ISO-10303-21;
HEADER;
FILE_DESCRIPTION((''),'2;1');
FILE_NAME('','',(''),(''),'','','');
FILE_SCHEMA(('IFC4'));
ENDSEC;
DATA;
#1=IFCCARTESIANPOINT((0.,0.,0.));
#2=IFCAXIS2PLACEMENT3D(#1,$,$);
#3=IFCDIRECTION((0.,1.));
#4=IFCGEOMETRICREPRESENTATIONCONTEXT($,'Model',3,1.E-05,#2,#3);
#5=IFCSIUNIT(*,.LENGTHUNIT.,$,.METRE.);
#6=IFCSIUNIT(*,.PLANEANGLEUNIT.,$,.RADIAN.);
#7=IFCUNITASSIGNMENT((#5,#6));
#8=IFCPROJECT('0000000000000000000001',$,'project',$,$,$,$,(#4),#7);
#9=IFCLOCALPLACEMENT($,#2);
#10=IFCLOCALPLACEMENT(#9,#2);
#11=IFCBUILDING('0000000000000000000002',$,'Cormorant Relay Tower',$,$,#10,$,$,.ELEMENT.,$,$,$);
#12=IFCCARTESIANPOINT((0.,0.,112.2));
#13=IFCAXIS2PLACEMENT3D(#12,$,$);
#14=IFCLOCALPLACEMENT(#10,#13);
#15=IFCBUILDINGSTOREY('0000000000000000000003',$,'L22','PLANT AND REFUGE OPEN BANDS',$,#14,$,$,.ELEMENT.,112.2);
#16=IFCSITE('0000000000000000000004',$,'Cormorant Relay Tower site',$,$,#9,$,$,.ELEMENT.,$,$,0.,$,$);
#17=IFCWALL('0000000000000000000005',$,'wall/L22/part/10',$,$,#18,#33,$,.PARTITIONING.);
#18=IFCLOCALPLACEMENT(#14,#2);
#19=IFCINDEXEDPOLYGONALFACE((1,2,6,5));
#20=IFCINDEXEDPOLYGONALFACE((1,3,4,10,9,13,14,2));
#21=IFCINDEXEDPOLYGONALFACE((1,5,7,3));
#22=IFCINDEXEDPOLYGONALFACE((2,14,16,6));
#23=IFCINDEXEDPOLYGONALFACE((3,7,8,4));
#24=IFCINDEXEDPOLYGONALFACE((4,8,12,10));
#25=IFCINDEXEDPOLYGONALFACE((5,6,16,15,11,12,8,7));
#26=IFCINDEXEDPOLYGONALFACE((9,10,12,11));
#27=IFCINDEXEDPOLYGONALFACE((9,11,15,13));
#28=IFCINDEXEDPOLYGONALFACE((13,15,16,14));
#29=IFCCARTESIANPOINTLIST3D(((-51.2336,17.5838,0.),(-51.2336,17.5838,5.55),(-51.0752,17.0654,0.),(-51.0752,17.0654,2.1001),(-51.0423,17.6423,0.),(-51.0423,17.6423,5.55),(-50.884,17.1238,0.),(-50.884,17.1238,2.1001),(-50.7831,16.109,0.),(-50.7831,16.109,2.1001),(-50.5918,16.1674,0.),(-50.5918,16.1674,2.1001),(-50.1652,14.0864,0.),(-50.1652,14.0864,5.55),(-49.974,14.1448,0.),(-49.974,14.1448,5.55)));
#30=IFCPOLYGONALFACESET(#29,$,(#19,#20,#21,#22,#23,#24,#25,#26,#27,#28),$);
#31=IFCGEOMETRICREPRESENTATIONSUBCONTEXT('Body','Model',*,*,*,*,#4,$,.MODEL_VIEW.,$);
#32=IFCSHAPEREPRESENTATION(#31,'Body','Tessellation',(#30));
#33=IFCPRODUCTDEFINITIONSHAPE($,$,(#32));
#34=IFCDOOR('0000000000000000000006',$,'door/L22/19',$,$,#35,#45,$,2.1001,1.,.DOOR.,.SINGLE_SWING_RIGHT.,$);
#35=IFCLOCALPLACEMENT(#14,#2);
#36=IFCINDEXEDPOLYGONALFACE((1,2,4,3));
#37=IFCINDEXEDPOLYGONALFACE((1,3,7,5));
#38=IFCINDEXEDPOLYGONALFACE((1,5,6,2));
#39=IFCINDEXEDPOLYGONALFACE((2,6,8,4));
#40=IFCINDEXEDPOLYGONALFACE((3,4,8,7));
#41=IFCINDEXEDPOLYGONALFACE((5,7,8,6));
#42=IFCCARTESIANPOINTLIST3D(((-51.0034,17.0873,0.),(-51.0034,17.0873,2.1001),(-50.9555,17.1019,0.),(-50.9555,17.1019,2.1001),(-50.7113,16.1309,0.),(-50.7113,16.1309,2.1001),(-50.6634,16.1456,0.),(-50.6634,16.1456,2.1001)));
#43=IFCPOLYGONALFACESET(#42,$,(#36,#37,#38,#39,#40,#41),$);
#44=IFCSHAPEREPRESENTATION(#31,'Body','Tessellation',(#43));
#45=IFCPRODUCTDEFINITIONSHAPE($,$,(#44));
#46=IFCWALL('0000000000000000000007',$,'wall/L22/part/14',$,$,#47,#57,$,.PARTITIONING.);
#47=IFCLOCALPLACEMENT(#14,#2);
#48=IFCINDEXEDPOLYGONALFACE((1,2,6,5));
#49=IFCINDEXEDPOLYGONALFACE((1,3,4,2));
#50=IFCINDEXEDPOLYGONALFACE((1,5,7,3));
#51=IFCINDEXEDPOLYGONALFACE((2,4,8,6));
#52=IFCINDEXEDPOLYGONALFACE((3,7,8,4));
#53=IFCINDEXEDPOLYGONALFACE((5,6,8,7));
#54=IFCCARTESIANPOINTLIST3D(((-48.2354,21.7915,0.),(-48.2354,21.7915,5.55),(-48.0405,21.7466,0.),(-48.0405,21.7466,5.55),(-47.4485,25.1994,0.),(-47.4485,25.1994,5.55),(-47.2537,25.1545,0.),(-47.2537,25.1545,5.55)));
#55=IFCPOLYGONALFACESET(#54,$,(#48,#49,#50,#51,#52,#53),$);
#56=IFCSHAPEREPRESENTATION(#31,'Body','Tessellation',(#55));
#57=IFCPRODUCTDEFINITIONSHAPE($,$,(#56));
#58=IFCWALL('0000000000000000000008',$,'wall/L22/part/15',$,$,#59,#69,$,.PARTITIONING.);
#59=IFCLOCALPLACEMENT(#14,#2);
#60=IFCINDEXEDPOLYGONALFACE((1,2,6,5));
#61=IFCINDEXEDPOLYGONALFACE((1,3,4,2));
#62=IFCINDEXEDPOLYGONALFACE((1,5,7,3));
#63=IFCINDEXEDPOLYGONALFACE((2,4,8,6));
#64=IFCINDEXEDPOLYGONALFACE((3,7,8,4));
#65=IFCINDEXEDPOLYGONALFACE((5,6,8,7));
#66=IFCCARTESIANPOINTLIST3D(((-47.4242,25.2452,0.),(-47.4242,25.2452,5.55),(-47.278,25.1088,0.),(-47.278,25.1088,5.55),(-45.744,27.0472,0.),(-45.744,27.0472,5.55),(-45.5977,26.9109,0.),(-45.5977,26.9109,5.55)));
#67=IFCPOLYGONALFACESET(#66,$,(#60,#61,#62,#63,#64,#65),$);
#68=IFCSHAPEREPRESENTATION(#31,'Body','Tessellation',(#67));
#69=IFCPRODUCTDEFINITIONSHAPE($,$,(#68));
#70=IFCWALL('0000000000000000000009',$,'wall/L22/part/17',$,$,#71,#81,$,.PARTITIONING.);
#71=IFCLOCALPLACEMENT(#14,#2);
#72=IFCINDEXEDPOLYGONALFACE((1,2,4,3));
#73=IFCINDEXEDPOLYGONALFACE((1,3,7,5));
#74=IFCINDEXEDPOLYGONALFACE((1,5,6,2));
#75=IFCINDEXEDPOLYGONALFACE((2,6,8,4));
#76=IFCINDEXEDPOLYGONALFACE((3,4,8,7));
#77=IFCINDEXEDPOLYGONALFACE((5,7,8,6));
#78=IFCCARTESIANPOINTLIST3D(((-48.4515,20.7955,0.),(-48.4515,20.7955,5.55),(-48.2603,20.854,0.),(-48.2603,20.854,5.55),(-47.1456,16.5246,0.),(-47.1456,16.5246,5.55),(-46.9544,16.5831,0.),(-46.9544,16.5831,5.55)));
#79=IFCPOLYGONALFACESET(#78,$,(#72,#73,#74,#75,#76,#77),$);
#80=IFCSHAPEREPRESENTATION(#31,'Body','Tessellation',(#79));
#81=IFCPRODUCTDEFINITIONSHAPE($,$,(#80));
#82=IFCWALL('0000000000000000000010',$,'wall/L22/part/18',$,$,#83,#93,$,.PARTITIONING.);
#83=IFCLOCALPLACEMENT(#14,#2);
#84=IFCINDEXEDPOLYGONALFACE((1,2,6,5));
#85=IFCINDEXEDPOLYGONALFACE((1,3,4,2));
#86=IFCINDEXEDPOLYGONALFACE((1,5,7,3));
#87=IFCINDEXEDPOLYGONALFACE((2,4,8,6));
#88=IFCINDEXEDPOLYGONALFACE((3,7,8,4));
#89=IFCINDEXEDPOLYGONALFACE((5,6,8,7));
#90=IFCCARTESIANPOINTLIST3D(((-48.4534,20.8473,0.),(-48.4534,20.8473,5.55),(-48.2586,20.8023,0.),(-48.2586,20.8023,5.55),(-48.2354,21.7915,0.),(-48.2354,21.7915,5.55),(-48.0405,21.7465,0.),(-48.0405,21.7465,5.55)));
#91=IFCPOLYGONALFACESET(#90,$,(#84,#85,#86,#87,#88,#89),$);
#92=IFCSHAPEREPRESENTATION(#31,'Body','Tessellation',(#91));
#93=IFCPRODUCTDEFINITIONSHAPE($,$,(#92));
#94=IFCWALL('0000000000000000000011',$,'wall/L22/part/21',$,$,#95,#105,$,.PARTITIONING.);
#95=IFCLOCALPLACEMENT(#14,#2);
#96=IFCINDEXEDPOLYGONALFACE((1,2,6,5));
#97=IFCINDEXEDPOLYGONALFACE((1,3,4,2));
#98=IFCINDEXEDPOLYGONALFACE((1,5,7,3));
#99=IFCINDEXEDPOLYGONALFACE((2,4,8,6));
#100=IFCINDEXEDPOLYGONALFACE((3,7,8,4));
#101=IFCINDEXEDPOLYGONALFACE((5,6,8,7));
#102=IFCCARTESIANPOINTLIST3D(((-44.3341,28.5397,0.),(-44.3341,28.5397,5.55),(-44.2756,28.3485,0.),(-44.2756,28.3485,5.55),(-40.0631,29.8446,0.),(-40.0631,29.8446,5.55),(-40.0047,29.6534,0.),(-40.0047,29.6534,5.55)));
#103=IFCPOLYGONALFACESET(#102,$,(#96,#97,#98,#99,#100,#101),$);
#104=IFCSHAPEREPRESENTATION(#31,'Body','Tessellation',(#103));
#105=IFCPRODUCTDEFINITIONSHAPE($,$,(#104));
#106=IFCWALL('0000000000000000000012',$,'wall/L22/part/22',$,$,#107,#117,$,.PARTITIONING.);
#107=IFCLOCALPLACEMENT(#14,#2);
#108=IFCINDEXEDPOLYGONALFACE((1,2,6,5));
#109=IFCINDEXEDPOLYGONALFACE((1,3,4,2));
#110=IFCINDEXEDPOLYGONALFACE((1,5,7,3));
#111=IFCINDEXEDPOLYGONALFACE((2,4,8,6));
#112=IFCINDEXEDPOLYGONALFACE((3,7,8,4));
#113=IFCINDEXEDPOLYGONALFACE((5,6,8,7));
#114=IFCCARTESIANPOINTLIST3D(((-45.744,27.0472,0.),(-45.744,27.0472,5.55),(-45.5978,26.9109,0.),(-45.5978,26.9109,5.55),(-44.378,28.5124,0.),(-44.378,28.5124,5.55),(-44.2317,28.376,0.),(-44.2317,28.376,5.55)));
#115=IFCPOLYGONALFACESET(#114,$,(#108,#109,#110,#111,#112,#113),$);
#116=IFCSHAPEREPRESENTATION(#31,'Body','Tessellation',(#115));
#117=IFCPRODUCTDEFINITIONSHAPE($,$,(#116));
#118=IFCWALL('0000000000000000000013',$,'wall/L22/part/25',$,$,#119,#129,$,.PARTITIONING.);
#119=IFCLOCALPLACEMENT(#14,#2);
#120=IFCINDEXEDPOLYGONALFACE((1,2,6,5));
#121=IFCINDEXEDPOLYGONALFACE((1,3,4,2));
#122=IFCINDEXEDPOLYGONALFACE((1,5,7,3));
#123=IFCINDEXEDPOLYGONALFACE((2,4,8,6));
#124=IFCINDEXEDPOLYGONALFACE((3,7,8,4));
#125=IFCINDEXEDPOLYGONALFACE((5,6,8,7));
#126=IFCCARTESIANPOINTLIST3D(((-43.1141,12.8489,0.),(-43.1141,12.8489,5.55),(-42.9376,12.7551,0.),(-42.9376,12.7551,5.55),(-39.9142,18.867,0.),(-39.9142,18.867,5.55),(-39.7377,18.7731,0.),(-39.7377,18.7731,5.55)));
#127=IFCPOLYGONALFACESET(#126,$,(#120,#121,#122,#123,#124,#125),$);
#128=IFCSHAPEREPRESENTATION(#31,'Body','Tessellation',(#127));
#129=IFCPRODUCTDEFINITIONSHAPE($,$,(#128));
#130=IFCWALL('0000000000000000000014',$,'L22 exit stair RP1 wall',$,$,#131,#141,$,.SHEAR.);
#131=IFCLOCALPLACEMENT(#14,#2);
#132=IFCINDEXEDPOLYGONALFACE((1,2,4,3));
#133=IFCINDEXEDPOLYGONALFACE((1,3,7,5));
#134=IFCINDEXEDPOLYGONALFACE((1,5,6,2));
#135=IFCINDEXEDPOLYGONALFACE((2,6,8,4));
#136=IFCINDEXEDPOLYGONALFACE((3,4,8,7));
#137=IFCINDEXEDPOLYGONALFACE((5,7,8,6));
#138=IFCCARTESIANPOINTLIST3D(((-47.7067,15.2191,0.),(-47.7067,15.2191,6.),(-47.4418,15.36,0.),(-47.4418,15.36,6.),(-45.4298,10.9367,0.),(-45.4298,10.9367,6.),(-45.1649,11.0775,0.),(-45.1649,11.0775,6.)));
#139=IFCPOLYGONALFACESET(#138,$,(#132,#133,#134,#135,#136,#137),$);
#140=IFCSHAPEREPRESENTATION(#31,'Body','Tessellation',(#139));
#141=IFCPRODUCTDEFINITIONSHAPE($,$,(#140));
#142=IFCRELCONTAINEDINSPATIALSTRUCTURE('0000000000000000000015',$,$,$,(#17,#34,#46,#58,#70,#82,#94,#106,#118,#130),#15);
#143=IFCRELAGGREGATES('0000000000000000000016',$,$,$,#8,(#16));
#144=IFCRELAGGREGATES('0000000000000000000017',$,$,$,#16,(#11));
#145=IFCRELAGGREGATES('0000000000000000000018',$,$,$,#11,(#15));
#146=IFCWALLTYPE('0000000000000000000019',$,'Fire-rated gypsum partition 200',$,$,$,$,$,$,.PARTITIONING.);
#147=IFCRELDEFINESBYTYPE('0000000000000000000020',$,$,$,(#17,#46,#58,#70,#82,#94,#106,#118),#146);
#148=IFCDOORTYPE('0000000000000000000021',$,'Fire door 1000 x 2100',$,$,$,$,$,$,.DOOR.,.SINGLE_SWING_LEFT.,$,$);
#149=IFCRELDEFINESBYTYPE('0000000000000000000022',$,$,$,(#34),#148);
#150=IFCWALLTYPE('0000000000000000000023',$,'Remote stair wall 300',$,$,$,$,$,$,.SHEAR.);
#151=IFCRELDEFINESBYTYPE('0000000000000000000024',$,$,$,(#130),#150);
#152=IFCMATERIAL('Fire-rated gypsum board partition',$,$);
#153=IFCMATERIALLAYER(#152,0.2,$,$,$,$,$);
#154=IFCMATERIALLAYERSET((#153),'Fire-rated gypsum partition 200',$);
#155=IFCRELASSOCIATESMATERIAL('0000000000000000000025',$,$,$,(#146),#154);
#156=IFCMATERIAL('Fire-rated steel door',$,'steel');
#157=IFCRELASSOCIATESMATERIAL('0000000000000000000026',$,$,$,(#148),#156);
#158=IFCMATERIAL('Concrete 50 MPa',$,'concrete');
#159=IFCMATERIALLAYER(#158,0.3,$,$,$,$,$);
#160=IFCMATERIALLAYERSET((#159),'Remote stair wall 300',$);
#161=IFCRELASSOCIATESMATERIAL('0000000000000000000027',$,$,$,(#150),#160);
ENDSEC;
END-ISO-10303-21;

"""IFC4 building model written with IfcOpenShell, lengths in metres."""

from ifc_helpers import new_model, si_unit, direction, frame, frame_2d, origin, place, context, subcontext, project, spatial, rectangle, extrude, material, layer, layer_set, type_object, element, fill, save


model = new_model("IFC4")

# Units and contexts
model_context = context("Model", 3, precision=1e-05, world=origin(), true_north=direction((0.0, 1.0)))
body_context = subcontext(model_context, "Body", "Model", "MODEL_VIEW")
ifc_project = project(units=[si_unit("LENGTHUNIT", "METRE"), si_unit("PLANEANGLEUNIT", "RADIAN")], contexts=[model_context])

# Site, building, storey
site_placement = place(None, origin())
site = spatial("IfcSite", under=ifc_project, at=site_placement, Name="Cormorant Relay Tower site", CompositionType="ELEMENT", RefElevation=0.0)
building_placement = place(site_placement, origin())
building = spatial("IfcBuilding", under=site, at=building_placement, Name="Cormorant Relay Tower", CompositionType="ELEMENT")
storey_placement = place(building_placement, frame((0.0, 0.0, 112.2)))
storey = spatial("IfcBuildingStorey", under=building, at=storey_placement, Name="L22", Description="PLANT AND REFUGE OPEN BANDS", CompositionType="ELEMENT", Elevation=112.2)

# Shared definitions
ifc_material_1 = material(Name="Fire-rated gypsum board partition")
ifc_layer_1 = layer(ifc_material_1, 0.2)
ifc_layer_set_1 = layer_set([ifc_layer_1], Name="Fire-rated gypsum partition 200")
wall_type_1 = type_object("IfcWallType", Name="Fire-rated gypsum partition 200", PredefinedType="PARTITIONING", material=ifc_layer_set_1)

# Shared definitions
ifc_material_2 = material(Name="Fire-rated steel door", Category="steel")
door_type = type_object("IfcDoorType", Name="Fire door 1000 x 2100", OperationType="SINGLE_SWING_LEFT", PredefinedType="DOOR", material=ifc_material_2)

# Wall, opening, door
wall_1_placement = place(storey_placement, frame((-50.0696, 14.1155, 0.0), z_axis=(0.0, 0.0, 1.0), x_axis=(-0.292134, 0.956377, 0.0)))
wall_1 = element("IfcWall", 1, at=wall_1_placement, inside=storey, type_object=wall_type_1, Name="wall/L22/part/10", PredefinedType="PARTITIONING", context=body_context, shape_type="SweptSolid", body=[
    extrude(rectangle(XDim=3.657, YDim=0.2, at=frame_2d((1.8286, 0.0))), origin(), (0.0, 0.0, 1.0), 5.55),
])
opening_1_placement = place(wall_1_placement, frame((2.115, 0.0, 0.0)))
opening_1 = element("IfcOpeningElement", 2, at=opening_1_placement, cuts=wall_1, PredefinedType="OPENING", context=body_context, shape_type="SweptSolid", body=[
    extrude(rectangle(XDim=1.0, YDim=2.1001, at=frame_2d((0.5, 1.05))), frame((0.0, 0.1099, 0.0), z_axis=(0.0, -1.0, 0.0), x_axis=(1.0, 0.0, 0.0)), (0.0, 0.0, 1.0), 0.22),
])
door_1_placement = place(opening_1_placement, origin())
door_1 = element("IfcDoor", 3, at=door_1_placement, inside=storey, type_object=door_type, Name="door/L22/19", OperationType="SINGLE_SWING_RIGHT", OverallHeight=2.1001, OverallWidth=1.0, PredefinedType="DOOR", context=body_context, shape_type="SweptSolid", body=[
    extrude(rectangle(XDim=1.0, YDim=2.1001, at=frame_2d((0.5, 1.05))), frame((0.0, 0.0249, 0.0), z_axis=(0.0, -1.0, 0.0), x_axis=(1.0, 0.0, 0.0)), (0.0, 0.0, 1.0), 0.05),
])
fill(opening_1, door_1)

# Walls
wall_2_placement = place(storey_placement, frame((-48.1379, 21.769, 0.0), z_axis=(0.0, 0.0, 1.0), x_axis=(0.224972, 0.974365, 0.0)))
element("IfcWall", 4, at=wall_2_placement, inside=storey, type_object=wall_type_1, Name="wall/L22/part/14", PredefinedType="PARTITIONING", context=body_context, shape_type="SweptSolid", body=[
    extrude(rectangle(XDim=3.4976, YDim=0.2, at=frame_2d((1.7488, 0.0))), origin(), (0.0, 0.0, 1.0), 5.55),
])
wall_3_placement = place(storey_placement, frame((-47.3511, 25.177, 0.0), z_axis=(0.0, 0.0, 1.0), x_axis=(0.681951, 0.731398, 0.0)))
element("IfcWall", 5, at=wall_3_placement, inside=storey, type_object=wall_type_1, Name="wall/L22/part/15", PredefinedType="PARTITIONING", context=body_context, shape_type="SweptSolid", body=[
    extrude(rectangle(XDim=2.4639, YDim=0.2, at=frame_2d((1.2319, 0.0))), origin(), (0.0, 0.0, 1.0), 5.55),
])
wall_4_placement = place(storey_placement, frame((-47.05, 16.554, 0.0), z_axis=(0.0, 0.0, 1.0), x_axis=(-0.292399, 0.956296, 0.0)))
element("IfcWall", 6, at=wall_4_placement, inside=storey, type_object=wall_type_1, Name="wall/L22/part/17", PredefinedType="PARTITIONING", context=body_context, shape_type="SweptSolid", body=[
    extrude(rectangle(XDim=4.4661, YDim=0.2, at=frame_2d((2.2329, 0.0))), origin(), (0.0, 0.0, 1.0), 5.55),
])
wall_5_placement = place(storey_placement, frame((-48.356, 20.825, 0.0), z_axis=(0.0, 0.0, 1.0), x_axis=(0.225007, 0.974357, 0.0)))
element("IfcWall", 7, at=wall_5_placement, inside=storey, type_object=wall_type_1, Name="wall/L22/part/18", PredefinedType="PARTITIONING", context=body_context, shape_type="SweptSolid", body=[
    extrude(rectangle(XDim=0.969, YDim=0.2, at=frame_2d((0.4844, 0.0))), origin(), (0.0, 0.0, 1.0), 5.55),
])
wall_6_placement = place(storey_placement, frame((-40.0339, 29.749, 0.0), z_axis=(0.0, 0.0, 1.0), x_axis=(-0.956358, -0.292199, 0.0)))
element("IfcWall", 8, at=wall_6_placement, inside=storey, type_object=wall_type_1, Name="wall/L22/part/21", PredefinedType="PARTITIONING", context=body_context, shape_type="SweptSolid", body=[
    extrude(rectangle(XDim=4.4658, YDim=0.2, at=frame_2d((2.2329, 0.0))), origin(), (0.0, 0.0, 1.0), 5.55),
])
wall_7_placement = place(storey_placement, frame((-44.3049, 28.4441, 0.0), z_axis=(0.0, 0.0, 1.0), x_axis=(-0.681932, -0.731416, 0.0)))
element("IfcWall", 9, at=wall_7_placement, inside=storey, type_object=wall_type_1, Name="wall/L22/part/22", PredefinedType="PARTITIONING", context=body_context, shape_type="SweptSolid", body=[
    extrude(rectangle(XDim=2.0032, YDim=0.2, at=frame_2d((1.0015, 0.0))), origin(), (0.0, 0.0, 1.0), 5.55),
])
wall_8_placement = place(storey_placement, frame((-39.8259, 18.8201, 0.0), z_axis=(0.0, 0.0, 1.0), x_axis=(-0.469482, -0.882942, 0.0)))
element("IfcWall", 10, at=wall_8_placement, inside=storey, type_object=wall_type_1, Name="wall/L22/part/25", PredefinedType="PARTITIONING", context=body_context, shape_type="SweptSolid", body=[
    extrude(rectangle(XDim=6.8159, YDim=0.2, at=frame_2d((3.408, 0.0))), origin(), (0.0, 0.0, 1.0), 5.55),
])
ifc_material_3 = material(Name="Concrete 50 MPa", Category="concrete")
ifc_layer_2 = layer(ifc_material_3, 0.3)
ifc_layer_set_2 = layer_set([ifc_layer_2], Name="Remote stair wall 300")
wall_type_2 = type_object("IfcWallType", Name="Remote stair wall 300", PredefinedType="SHEAR", material=ifc_layer_set_2)
wall_9_placement = place(storey_placement, frame((-47.5742, 15.2896, 0.0), z_axis=(0.0, 0.0, 1.0), x_axis=(0.469443, -0.882963, 0.0)))
element("IfcWall", 11, at=wall_9_placement, inside=storey, type_object=wall_type_2, Name="L22 exit stair RP1 wall", PredefinedType="SHEAR", context=body_context, shape_type="SweptSolid", body=[
    extrude(rectangle(XDim=4.8501, YDim=0.3, at=frame_2d((2.425, 0.0))), origin(), (0.0, 0.0, 1.0), 6.0),
])

save(model, "model.ifc")
